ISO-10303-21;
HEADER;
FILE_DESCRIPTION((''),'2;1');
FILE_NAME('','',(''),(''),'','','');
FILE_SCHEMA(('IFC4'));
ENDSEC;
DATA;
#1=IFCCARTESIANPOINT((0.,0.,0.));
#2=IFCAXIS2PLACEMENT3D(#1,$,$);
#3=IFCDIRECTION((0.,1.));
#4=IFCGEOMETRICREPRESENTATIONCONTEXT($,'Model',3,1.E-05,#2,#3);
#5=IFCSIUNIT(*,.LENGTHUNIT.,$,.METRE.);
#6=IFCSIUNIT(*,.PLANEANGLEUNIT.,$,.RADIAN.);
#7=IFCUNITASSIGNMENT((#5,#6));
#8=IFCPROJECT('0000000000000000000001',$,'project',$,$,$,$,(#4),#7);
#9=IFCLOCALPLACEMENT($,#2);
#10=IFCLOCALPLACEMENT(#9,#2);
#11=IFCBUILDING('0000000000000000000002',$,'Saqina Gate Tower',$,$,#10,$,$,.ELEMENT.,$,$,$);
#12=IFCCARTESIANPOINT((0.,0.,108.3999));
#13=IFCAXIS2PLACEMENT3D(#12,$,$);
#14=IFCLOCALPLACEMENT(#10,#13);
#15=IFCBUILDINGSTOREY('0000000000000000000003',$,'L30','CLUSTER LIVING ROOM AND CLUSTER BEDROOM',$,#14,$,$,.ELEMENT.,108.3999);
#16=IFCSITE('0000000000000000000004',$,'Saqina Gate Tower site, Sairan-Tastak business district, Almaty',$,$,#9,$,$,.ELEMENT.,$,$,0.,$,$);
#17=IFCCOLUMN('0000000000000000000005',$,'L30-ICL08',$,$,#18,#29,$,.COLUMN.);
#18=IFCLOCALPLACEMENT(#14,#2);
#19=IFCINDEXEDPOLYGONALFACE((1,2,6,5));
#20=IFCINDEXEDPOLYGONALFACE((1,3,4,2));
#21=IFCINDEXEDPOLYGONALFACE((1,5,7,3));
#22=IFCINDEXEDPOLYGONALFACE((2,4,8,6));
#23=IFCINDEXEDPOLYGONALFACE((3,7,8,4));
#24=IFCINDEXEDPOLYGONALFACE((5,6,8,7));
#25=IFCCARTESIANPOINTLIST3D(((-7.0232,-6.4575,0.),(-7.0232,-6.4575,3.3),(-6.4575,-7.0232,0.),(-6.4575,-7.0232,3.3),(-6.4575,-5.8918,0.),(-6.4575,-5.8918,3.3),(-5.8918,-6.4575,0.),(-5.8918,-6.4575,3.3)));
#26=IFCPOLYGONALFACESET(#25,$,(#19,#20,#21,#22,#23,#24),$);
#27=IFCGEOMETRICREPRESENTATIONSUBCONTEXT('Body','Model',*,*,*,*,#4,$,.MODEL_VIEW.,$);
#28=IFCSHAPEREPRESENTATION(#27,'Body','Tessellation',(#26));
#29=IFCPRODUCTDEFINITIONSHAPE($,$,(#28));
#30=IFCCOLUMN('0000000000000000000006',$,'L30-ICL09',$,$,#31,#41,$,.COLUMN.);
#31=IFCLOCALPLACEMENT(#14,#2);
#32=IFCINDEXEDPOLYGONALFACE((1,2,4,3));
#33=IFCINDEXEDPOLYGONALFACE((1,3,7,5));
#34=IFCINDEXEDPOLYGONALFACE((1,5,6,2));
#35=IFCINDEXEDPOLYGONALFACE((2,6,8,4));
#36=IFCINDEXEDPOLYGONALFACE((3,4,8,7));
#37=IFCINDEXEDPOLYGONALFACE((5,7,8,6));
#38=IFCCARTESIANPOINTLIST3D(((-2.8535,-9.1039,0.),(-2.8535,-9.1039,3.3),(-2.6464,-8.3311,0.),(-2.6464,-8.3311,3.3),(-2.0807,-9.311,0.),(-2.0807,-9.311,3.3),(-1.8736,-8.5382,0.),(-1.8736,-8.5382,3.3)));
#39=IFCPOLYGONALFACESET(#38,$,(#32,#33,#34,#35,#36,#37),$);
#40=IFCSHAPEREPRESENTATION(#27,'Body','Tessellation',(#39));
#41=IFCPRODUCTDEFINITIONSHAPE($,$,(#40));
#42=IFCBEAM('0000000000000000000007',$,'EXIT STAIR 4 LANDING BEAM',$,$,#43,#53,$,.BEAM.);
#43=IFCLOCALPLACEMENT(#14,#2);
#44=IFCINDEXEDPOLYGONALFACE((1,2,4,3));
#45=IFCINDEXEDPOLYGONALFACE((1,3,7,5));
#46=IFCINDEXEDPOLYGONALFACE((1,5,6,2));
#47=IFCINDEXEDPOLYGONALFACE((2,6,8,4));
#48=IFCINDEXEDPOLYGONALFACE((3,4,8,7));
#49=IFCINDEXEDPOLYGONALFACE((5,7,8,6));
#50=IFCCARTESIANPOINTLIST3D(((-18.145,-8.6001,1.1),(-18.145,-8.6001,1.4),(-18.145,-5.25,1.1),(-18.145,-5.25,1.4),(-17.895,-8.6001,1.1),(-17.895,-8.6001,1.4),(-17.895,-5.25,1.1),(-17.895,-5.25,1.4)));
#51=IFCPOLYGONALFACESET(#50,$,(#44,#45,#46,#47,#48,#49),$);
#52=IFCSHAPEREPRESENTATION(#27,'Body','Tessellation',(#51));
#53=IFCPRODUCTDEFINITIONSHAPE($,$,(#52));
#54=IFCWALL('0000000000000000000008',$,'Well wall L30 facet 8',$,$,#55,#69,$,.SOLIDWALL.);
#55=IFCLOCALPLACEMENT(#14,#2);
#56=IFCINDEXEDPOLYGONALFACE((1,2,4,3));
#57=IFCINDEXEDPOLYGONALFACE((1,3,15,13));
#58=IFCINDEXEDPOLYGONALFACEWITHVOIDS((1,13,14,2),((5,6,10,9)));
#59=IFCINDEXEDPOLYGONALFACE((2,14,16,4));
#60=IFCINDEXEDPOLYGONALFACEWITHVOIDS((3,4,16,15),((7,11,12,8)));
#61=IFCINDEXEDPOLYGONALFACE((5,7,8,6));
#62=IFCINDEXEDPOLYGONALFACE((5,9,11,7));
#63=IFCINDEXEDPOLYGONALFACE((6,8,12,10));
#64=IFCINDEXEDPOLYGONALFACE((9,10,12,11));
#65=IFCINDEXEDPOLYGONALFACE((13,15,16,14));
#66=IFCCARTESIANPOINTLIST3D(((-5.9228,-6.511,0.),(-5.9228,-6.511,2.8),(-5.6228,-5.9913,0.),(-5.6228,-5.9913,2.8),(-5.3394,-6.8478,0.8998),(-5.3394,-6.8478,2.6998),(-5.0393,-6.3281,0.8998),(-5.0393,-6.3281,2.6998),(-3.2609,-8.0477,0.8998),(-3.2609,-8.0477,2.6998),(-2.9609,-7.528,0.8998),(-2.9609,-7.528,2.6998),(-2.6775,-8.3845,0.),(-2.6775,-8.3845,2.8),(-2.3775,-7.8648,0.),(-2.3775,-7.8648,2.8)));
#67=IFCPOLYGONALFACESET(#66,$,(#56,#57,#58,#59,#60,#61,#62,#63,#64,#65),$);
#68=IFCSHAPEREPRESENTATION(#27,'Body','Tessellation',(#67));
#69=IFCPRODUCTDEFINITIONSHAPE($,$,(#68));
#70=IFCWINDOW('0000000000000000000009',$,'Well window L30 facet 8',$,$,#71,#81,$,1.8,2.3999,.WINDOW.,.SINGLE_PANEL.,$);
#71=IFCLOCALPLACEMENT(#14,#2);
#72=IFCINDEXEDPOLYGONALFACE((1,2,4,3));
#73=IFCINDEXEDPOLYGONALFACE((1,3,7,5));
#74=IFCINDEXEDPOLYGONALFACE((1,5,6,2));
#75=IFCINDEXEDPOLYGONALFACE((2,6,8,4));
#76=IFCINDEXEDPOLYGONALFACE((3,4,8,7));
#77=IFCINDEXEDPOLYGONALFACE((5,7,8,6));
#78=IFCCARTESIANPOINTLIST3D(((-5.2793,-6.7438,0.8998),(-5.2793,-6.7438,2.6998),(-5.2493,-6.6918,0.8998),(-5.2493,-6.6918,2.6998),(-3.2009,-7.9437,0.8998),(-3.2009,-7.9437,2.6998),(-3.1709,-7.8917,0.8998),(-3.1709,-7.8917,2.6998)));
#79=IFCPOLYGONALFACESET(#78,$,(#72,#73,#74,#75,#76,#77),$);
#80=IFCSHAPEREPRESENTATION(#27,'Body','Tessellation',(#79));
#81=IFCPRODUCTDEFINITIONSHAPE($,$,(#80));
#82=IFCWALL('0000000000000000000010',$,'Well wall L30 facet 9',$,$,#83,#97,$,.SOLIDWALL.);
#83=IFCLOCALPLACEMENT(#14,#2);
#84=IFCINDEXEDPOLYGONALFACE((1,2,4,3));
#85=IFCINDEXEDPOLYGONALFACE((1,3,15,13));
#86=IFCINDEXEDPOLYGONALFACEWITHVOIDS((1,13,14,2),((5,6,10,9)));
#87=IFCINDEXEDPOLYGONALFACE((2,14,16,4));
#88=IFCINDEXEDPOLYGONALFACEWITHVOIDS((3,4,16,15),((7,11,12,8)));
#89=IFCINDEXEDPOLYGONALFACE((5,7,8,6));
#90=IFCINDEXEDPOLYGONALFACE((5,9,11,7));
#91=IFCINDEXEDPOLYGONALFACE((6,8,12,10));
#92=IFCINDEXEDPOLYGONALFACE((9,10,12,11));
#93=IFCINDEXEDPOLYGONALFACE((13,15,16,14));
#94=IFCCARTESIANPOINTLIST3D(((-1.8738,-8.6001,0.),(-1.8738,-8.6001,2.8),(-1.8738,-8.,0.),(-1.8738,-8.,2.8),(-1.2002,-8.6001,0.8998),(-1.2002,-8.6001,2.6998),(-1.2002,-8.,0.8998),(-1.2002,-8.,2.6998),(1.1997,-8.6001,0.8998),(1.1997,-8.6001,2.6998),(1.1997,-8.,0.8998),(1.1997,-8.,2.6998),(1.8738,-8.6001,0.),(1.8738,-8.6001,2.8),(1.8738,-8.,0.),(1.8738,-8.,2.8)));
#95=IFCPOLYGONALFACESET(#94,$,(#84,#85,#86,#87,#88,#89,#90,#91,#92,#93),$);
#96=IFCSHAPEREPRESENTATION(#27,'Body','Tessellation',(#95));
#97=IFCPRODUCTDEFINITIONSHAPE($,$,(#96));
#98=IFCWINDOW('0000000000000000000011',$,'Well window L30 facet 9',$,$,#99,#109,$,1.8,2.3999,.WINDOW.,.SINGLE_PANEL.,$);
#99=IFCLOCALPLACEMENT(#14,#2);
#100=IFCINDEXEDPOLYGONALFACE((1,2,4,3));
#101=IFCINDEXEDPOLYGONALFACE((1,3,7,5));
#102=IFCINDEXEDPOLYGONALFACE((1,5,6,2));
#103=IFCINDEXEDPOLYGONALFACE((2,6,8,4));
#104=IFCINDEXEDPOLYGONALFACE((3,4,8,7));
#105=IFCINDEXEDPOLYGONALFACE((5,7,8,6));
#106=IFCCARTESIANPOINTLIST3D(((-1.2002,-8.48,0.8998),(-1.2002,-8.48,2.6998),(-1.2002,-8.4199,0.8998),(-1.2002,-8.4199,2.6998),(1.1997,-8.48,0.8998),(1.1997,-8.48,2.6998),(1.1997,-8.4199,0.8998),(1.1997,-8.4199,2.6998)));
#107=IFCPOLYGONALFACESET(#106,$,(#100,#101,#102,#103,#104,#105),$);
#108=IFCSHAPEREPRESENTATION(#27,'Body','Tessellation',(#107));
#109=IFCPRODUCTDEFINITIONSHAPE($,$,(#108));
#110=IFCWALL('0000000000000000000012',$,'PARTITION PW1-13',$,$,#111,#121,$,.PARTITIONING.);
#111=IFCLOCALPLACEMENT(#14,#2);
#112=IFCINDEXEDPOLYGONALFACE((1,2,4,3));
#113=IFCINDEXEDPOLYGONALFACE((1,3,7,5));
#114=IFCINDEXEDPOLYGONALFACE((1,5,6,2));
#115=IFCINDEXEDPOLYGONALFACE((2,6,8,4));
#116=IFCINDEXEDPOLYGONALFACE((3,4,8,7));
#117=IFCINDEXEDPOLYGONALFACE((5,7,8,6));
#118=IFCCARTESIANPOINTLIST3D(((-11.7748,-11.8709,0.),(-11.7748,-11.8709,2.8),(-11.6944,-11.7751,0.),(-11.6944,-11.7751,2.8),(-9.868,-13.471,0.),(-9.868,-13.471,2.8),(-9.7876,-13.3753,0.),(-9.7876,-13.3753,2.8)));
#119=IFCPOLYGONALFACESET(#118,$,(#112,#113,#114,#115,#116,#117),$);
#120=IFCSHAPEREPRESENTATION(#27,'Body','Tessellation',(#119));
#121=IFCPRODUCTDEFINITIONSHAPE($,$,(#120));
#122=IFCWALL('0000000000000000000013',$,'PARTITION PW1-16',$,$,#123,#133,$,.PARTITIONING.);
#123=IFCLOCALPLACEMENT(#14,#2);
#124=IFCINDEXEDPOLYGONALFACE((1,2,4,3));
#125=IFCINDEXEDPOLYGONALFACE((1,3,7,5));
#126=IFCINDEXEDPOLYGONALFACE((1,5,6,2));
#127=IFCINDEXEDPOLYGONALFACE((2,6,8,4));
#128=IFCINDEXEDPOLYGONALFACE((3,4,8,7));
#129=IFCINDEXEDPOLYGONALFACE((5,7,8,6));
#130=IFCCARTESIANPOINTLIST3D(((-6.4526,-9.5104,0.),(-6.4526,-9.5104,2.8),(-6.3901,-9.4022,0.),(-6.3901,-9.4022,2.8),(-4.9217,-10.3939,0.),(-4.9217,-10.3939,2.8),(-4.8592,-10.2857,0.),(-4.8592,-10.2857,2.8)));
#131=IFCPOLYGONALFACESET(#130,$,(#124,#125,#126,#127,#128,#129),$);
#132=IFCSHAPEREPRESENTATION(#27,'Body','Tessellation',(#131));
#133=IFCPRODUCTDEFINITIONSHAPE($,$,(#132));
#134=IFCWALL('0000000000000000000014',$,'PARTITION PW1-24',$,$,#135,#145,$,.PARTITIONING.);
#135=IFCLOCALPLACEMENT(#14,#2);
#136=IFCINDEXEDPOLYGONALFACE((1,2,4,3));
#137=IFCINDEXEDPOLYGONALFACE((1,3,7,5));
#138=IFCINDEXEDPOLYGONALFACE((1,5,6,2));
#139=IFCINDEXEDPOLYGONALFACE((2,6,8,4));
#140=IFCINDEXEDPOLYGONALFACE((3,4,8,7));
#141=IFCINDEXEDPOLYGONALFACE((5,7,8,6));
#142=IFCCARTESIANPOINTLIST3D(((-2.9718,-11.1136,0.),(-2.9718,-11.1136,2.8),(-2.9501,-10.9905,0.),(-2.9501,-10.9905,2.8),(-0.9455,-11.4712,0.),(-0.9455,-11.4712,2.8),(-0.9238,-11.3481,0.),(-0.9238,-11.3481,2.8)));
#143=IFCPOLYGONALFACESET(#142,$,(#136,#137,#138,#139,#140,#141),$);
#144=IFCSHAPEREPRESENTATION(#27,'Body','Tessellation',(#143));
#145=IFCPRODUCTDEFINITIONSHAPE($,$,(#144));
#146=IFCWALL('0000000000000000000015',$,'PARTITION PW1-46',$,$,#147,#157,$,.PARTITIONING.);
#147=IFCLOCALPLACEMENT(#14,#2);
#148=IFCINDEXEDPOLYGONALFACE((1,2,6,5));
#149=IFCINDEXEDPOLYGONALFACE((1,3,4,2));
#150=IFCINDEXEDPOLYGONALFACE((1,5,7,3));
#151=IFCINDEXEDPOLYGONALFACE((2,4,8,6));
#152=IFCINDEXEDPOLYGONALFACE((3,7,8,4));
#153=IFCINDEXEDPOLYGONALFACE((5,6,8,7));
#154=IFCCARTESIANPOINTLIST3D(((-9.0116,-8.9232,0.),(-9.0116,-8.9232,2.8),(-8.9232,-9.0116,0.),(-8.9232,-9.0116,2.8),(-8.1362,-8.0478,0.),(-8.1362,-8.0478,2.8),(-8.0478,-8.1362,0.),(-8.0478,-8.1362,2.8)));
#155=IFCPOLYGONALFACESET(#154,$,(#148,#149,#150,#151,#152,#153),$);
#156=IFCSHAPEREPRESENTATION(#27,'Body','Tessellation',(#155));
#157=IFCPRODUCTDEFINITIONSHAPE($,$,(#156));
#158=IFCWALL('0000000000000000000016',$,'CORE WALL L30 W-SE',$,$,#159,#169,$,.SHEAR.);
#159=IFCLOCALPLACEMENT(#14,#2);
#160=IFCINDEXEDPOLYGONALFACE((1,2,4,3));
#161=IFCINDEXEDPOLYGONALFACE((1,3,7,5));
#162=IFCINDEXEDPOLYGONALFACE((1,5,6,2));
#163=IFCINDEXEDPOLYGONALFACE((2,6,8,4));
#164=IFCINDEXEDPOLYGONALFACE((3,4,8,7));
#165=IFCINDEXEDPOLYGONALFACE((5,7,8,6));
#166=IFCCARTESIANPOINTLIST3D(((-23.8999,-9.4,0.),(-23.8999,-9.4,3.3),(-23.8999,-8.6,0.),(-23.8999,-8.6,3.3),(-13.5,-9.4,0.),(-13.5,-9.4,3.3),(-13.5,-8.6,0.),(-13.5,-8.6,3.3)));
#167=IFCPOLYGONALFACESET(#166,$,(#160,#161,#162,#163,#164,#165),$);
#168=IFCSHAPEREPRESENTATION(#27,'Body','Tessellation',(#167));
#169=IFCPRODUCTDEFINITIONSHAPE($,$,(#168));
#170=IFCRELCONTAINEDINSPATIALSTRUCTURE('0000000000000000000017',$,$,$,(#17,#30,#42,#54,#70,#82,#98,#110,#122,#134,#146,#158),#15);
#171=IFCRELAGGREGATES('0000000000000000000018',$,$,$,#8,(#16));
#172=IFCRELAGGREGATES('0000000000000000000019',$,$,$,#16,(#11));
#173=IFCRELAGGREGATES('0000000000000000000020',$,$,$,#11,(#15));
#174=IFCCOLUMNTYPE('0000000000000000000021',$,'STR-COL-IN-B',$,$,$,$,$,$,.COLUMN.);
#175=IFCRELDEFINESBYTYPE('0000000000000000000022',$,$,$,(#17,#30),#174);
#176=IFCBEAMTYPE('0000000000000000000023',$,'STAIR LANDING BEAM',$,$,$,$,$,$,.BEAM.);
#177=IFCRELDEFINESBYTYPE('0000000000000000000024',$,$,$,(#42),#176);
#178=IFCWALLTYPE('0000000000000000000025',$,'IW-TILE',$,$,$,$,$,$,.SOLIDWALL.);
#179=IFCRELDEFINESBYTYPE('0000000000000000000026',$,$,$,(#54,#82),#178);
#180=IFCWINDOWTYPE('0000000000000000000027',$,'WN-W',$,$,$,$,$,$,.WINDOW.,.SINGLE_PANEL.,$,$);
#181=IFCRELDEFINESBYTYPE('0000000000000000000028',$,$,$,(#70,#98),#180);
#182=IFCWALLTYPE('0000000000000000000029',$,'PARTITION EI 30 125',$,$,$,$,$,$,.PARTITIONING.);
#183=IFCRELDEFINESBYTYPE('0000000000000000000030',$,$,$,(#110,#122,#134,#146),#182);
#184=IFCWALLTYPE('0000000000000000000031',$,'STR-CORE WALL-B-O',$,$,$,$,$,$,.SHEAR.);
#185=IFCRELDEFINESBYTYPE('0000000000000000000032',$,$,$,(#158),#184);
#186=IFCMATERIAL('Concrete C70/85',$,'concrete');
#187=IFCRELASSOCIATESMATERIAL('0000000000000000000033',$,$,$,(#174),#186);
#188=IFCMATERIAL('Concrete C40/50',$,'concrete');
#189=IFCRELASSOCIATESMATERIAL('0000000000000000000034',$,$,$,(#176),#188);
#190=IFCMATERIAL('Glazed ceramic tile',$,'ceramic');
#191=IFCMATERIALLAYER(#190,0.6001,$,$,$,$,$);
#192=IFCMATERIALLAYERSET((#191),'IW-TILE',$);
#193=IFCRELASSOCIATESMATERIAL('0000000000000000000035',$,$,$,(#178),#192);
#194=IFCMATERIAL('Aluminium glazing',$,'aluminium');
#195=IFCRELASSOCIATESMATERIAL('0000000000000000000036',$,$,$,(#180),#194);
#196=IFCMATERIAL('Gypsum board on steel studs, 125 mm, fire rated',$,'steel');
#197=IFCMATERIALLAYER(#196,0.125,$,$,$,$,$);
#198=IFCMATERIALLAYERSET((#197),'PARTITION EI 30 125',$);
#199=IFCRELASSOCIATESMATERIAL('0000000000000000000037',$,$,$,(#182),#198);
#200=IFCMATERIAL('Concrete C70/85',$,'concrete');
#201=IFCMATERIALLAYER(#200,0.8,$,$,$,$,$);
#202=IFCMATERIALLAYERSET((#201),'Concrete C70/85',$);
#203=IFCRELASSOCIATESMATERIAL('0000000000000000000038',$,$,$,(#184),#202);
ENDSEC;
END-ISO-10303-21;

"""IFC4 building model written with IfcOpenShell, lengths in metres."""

from ifc_helpers import new_model, si_unit, direction, frame, frame_2d, origin, origin_2d, place, context, subcontext, project, spatial, rectangle, extrude, material, layer, layer_set, material_profile, profile_set, type_object, element, fill, save


model = new_model("IFC4")

# Units and contexts
model_context = context("Model", 3, precision=1e-05, world=origin(), true_north=direction((0.0, 1.0)))
body_context = subcontext(model_context, "Body", "Model", "MODEL_VIEW")
ifc_project = project(units=[si_unit("LENGTHUNIT", "METRE"), si_unit("PLANEANGLEUNIT", "RADIAN")], contexts=[model_context])

# Site, building, storey
site_placement = place(None, origin())
site = spatial("IfcSite", under=ifc_project, at=site_placement, Name="Saqina Gate Tower site, Sairan-Tastak business district, Almaty", CompositionType="ELEMENT", RefElevation=0.0)
building_placement = place(site_placement, origin())
building = spatial("IfcBuilding", under=site, at=building_placement, Name="Saqina Gate Tower", CompositionType="ELEMENT")
storey_placement = place(building_placement, frame((0.0, 0.0, 108.3999)))
storey = spatial("IfcBuildingStorey", under=building, at=storey_placement, Name="L30", Description="CLUSTER LIVING ROOM AND CLUSTER BEDROOM", CompositionType="ELEMENT", Elevation=108.3999)

# Columns
ifc_material_1 = material(Name="Concrete C70/85", Category="concrete")
ifc_material_profile_1 = material_profile(ifc_material_1, rectangle(XDim=0.8, YDim=0.8, at=origin_2d()), Name="RC 800x800")
ifc_profile_set_1 = profile_set([ifc_material_profile_1], Name="Concrete C70/85")
column_type = type_object("IfcColumnType", Name="STR-COL-IN-B", PredefinedType="COLUMN", material=ifc_profile_set_1)
for number, where, z_axis, x_axis, name in (
    (1, (-6.4575, -6.4575, 0.0), (0.0, 0.0, 1.0), (-0.707107, -0.707107, 0.0), "L30-ICL08"),
    (2, (-2.3635, -8.821, 0.0), (0.0, 0.0, 1.0), (-0.258819, -0.965926, 0.0), "L30-ICL09"),
):
    element("IfcColumn", number, at=place(storey_placement, frame(where, z_axis=z_axis, x_axis=x_axis)), inside=storey, type_object=column_type, Name=name, PredefinedType="COLUMN", context=body_context, shape_type="SweptSolid", body=[
        extrude(rectangle(XDim=0.8, YDim=0.8, at=origin_2d()), origin(), (0.0, 0.0, 1.0), 3.3),
    ])

# Beam
ifc_material_2 = material(Name="Concrete C40/50", Category="concrete")
ifc_material_profile_2 = material_profile(ifc_material_2, rectangle(XDim=0.25, YDim=0.3, at=origin_2d()), Name="STAIR LANDING BEAM")
ifc_profile_set_2 = profile_set([ifc_material_profile_2], Name="Concrete C40/50")
beam_type = type_object("IfcBeamType", Name="STAIR LANDING BEAM", PredefinedType="BEAM", material=ifc_profile_set_2)
beam_placement = place(storey_placement, frame((-18.02, -8.6001, 1.25), z_axis=(0.0, 1.0, 0.0), x_axis=(-1.0, 0.0, 0.0)))
element("IfcBeam", 3, at=beam_placement, inside=storey, type_object=beam_type, Name="EXIT STAIR 4 LANDING BEAM", PredefinedType="BEAM", context=body_context, shape_type="SweptSolid", body=[
    extrude(rectangle(XDim=0.25, YDim=0.3, at=origin_2d()), origin(), (0.0, 0.0, 1.0), 3.3501),
])

# Walls, openings, windows
ifc_material_3 = material(Name="Glazed ceramic tile", Category="ceramic")
ifc_layer_1 = layer(ifc_material_3, 0.6001)
ifc_layer_set_1 = layer_set([ifc_layer_1], Name="IW-TILE")
wall_type_1 = type_object("IfcWallType", Name="IW-TILE", PredefinedType="SOLIDWALL", material=ifc_layer_set_1)
wall_1_placement = place(storey_placement, frame((-5.7727, -6.2512, 0.0), z_axis=(0.0, 0.0, 1.0), x_axis=(0.866046, -0.499965, 0.0)))
wall_1 = element("IfcWall", 4, at=wall_1_placement, inside=storey, type_object=wall_type_1, Name="Well wall L30 facet 8", PredefinedType="SOLIDWALL", context=body_context, shape_type="SweptSolid", body=[
    extrude(rectangle(XDim=3.7473, YDim=0.6001, at=frame_2d((1.8735, 0.0))), origin(), (0.0, 0.0, 1.0), 2.8),
])
opening_1_placement = place(wall_1_placement, frame((0.6736, 0.0, 0.8999)))
opening_1 = element("IfcOpeningElement", 5, at=opening_1_placement, cuts=wall_1, PredefinedType="OPENING", context=body_context, shape_type="SweptSolid", body=[
    extrude(rectangle(XDim=2.3999, YDim=1.8, at=frame_2d((1.2, 0.8999))), frame((0.0, 0.312, 0.0), z_axis=(0.0, -1.0, 0.0), x_axis=(1.0, 0.0, 0.0)), (0.0, 0.0, 1.0), 0.624),
])
ifc_material_4 = material(Name="Aluminium glazing", Category="aluminium")
window_type = type_object("IfcWindowType", Name="WN-W", PartitioningType="SINGLE_PANEL", PredefinedType="WINDOW", material=ifc_material_4)
window_1_placement = place(opening_1_placement, origin())
window_1 = element("IfcWindow", 6, at=window_1_placement, inside=storey, type_object=window_type, Name="Well window L30 facet 8", OverallHeight=1.8, OverallWidth=2.3999, PartitioningType="SINGLE_PANEL", PredefinedType="WINDOW", context=body_context, shape_type="SweptSolid", body=[
    extrude(rectangle(XDim=2.3999, YDim=1.8, at=frame_2d((1.2, 0.8999))), frame((0.0, -0.1199, 0.0), z_axis=(0.0, -1.0, 0.0), x_axis=(1.0, 0.0, 0.0)), (0.0, 0.0, 1.0), 0.0601),
])
fill(opening_1, window_1)
wall_2_placement = place(storey_placement, frame((-1.8738, -8.3, 0.0), z_axis=(0.0, 0.0, 1.0), x_axis=(1.0, 0.0, 0.0)))
wall_2 = element("IfcWall", 7, at=wall_2_placement, inside=storey, type_object=wall_type_1, Name="Well wall L30 facet 9", PredefinedType="SOLIDWALL", context=body_context, shape_type="SweptSolid", body=[
    extrude(rectangle(XDim=3.7476, YDim=0.6001, at=frame_2d((1.8738, 0.0))), origin(), (0.0, 0.0, 1.0), 2.8),
])
opening_2_placement = place(wall_2_placement, frame((0.6736, 0.0, 0.8999)))
opening_2 = element("IfcOpeningElement", 8, at=opening_2_placement, cuts=wall_2, PredefinedType="OPENING", context=body_context, shape_type="SweptSolid", body=[
    extrude(rectangle(XDim=2.3999, YDim=1.8, at=frame_2d((1.2, 0.8999))), frame((0.0, 0.312, 0.0), z_axis=(0.0, -1.0, 0.0), x_axis=(1.0, 0.0, 0.0)), (0.0, 0.0, 1.0), 0.624),
])
window_2_placement = place(opening_2_placement, origin())
window_2 = element("IfcWindow", 9, at=window_2_placement, inside=storey, type_object=window_type, Name="Well window L30 facet 9", OverallHeight=1.8, OverallWidth=2.3999, PartitioningType="SINGLE_PANEL", PredefinedType="WINDOW", context=body_context, shape_type="SweptSolid", body=[
    extrude(rectangle(XDim=2.3999, YDim=1.8, at=frame_2d((1.2, 0.8999))), frame((0.0, -0.1199, 0.0), z_axis=(0.0, -1.0, 0.0), x_axis=(1.0, 0.0, 0.0)), (0.0, 0.0, 1.0), 0.0601),
])
fill(opening_2, window_2)

# Walls
ifc_material_5 = material(Name="Gypsum board on steel studs, 125 mm, fire rated", Category="steel")
ifc_layer_2 = layer(ifc_material_5, 0.125)
ifc_layer_set_2 = layer_set([ifc_layer_2], Name="PARTITION EI 30 125")
wall_type_2 = type_object("IfcWallType", Name="PARTITION EI 30 125", PredefinedType="PARTITIONING", material=ifc_layer_set_2)
wall_3_placement = place(storey_placement, frame((-11.7346, -11.823, 0.0), z_axis=(0.0, 0.0, 1.0), x_axis=(0.766014, -0.642824, 0.0)))
element("IfcWall", 10, at=wall_3_placement, inside=storey, type_object=wall_type_2, Name="PARTITION PW1-13", PredefinedType="PARTITIONING", context=body_context, shape_type="SweptSolid", body=[
    extrude(rectangle(XDim=2.4893, YDim=0.125, at=frame_2d((1.2446, 0.0))), origin(), (0.0, 0.0, 1.0), 2.8),
])
wall_4_placement = place(storey_placement, frame((-6.4214, -9.4563, 0.0), z_axis=(0.0, 0.0, 1.0), x_axis=(0.866119, -0.499838, 0.0)))
element("IfcWall", 11, at=wall_4_placement, inside=storey, type_object=wall_type_2, Name="PARTITION PW1-16", PredefinedType="PARTITIONING", context=body_context, shape_type="SweptSolid", body=[
    extrude(rectangle(XDim=1.7676, YDim=0.125, at=frame_2d((0.8838, 0.0))), origin(), (0.0, 0.0, 1.0), 2.8),
])
wall_5_placement = place(storey_placement, frame((-2.9609, -11.052, 0.0), z_axis=(0.0, 0.0, 1.0), x_axis=(0.984778, -0.173819, 0.0)))
element("IfcWall", 12, at=wall_5_placement, inside=storey, type_object=wall_type_2, Name="PARTITION PW1-24", PredefinedType="PARTITIONING", context=body_context, shape_type="SweptSolid", body=[
    extrude(rectangle(XDim=2.0576, YDim=0.125, at=frame_2d((1.0288, 0.0))), origin(), (0.0, 0.0, 1.0), 2.8),
])
wall_6_placement = place(storey_placement, frame((-8.9675, -8.9675, 0.0), z_axis=(0.0, 0.0, 1.0), x_axis=(0.707107, 0.707107, 0.0)))
element("IfcWall", 13, at=wall_6_placement, inside=storey, type_object=wall_type_2, Name="PARTITION PW1-46", PredefinedType="PARTITIONING", context=body_context, shape_type="SweptSolid", body=[
    extrude(rectangle(XDim=1.238, YDim=0.125, at=frame_2d((0.6191, 0.0))), origin(), (0.0, 0.0, 1.0), 2.8),
])

# Shared definitions
ifc_material_6 = material(Name="Concrete C70/85", Category="concrete")
ifc_layer_3 = layer(ifc_material_6, 0.8)
ifc_layer_set_3 = layer_set([ifc_layer_3], Name="Concrete C70/85")
wall_type_3 = type_object("IfcWallType", Name="STR-CORE WALL-B-O", PredefinedType="SHEAR", material=ifc_layer_set_3)

# Wall
wall_7_placement = place(storey_placement, frame((-13.5, -9.0, 0.0), z_axis=(0.0, 0.0, 1.0), x_axis=(-1.0, 0.0, 0.0)))
element("IfcWall", 14, at=wall_7_placement, inside=storey, type_object=wall_type_3, Name="CORE WALL L30 W-SE", PredefinedType="SHEAR", context=body_context, shape_type="SweptSolid", body=[
    extrude(rectangle(XDim=10.3999, YDim=0.8, at=frame_2d((5.2, 0.0))), origin(), (0.0, 0.0, 1.0), 3.3),
])

save(model, "model.ifc")
